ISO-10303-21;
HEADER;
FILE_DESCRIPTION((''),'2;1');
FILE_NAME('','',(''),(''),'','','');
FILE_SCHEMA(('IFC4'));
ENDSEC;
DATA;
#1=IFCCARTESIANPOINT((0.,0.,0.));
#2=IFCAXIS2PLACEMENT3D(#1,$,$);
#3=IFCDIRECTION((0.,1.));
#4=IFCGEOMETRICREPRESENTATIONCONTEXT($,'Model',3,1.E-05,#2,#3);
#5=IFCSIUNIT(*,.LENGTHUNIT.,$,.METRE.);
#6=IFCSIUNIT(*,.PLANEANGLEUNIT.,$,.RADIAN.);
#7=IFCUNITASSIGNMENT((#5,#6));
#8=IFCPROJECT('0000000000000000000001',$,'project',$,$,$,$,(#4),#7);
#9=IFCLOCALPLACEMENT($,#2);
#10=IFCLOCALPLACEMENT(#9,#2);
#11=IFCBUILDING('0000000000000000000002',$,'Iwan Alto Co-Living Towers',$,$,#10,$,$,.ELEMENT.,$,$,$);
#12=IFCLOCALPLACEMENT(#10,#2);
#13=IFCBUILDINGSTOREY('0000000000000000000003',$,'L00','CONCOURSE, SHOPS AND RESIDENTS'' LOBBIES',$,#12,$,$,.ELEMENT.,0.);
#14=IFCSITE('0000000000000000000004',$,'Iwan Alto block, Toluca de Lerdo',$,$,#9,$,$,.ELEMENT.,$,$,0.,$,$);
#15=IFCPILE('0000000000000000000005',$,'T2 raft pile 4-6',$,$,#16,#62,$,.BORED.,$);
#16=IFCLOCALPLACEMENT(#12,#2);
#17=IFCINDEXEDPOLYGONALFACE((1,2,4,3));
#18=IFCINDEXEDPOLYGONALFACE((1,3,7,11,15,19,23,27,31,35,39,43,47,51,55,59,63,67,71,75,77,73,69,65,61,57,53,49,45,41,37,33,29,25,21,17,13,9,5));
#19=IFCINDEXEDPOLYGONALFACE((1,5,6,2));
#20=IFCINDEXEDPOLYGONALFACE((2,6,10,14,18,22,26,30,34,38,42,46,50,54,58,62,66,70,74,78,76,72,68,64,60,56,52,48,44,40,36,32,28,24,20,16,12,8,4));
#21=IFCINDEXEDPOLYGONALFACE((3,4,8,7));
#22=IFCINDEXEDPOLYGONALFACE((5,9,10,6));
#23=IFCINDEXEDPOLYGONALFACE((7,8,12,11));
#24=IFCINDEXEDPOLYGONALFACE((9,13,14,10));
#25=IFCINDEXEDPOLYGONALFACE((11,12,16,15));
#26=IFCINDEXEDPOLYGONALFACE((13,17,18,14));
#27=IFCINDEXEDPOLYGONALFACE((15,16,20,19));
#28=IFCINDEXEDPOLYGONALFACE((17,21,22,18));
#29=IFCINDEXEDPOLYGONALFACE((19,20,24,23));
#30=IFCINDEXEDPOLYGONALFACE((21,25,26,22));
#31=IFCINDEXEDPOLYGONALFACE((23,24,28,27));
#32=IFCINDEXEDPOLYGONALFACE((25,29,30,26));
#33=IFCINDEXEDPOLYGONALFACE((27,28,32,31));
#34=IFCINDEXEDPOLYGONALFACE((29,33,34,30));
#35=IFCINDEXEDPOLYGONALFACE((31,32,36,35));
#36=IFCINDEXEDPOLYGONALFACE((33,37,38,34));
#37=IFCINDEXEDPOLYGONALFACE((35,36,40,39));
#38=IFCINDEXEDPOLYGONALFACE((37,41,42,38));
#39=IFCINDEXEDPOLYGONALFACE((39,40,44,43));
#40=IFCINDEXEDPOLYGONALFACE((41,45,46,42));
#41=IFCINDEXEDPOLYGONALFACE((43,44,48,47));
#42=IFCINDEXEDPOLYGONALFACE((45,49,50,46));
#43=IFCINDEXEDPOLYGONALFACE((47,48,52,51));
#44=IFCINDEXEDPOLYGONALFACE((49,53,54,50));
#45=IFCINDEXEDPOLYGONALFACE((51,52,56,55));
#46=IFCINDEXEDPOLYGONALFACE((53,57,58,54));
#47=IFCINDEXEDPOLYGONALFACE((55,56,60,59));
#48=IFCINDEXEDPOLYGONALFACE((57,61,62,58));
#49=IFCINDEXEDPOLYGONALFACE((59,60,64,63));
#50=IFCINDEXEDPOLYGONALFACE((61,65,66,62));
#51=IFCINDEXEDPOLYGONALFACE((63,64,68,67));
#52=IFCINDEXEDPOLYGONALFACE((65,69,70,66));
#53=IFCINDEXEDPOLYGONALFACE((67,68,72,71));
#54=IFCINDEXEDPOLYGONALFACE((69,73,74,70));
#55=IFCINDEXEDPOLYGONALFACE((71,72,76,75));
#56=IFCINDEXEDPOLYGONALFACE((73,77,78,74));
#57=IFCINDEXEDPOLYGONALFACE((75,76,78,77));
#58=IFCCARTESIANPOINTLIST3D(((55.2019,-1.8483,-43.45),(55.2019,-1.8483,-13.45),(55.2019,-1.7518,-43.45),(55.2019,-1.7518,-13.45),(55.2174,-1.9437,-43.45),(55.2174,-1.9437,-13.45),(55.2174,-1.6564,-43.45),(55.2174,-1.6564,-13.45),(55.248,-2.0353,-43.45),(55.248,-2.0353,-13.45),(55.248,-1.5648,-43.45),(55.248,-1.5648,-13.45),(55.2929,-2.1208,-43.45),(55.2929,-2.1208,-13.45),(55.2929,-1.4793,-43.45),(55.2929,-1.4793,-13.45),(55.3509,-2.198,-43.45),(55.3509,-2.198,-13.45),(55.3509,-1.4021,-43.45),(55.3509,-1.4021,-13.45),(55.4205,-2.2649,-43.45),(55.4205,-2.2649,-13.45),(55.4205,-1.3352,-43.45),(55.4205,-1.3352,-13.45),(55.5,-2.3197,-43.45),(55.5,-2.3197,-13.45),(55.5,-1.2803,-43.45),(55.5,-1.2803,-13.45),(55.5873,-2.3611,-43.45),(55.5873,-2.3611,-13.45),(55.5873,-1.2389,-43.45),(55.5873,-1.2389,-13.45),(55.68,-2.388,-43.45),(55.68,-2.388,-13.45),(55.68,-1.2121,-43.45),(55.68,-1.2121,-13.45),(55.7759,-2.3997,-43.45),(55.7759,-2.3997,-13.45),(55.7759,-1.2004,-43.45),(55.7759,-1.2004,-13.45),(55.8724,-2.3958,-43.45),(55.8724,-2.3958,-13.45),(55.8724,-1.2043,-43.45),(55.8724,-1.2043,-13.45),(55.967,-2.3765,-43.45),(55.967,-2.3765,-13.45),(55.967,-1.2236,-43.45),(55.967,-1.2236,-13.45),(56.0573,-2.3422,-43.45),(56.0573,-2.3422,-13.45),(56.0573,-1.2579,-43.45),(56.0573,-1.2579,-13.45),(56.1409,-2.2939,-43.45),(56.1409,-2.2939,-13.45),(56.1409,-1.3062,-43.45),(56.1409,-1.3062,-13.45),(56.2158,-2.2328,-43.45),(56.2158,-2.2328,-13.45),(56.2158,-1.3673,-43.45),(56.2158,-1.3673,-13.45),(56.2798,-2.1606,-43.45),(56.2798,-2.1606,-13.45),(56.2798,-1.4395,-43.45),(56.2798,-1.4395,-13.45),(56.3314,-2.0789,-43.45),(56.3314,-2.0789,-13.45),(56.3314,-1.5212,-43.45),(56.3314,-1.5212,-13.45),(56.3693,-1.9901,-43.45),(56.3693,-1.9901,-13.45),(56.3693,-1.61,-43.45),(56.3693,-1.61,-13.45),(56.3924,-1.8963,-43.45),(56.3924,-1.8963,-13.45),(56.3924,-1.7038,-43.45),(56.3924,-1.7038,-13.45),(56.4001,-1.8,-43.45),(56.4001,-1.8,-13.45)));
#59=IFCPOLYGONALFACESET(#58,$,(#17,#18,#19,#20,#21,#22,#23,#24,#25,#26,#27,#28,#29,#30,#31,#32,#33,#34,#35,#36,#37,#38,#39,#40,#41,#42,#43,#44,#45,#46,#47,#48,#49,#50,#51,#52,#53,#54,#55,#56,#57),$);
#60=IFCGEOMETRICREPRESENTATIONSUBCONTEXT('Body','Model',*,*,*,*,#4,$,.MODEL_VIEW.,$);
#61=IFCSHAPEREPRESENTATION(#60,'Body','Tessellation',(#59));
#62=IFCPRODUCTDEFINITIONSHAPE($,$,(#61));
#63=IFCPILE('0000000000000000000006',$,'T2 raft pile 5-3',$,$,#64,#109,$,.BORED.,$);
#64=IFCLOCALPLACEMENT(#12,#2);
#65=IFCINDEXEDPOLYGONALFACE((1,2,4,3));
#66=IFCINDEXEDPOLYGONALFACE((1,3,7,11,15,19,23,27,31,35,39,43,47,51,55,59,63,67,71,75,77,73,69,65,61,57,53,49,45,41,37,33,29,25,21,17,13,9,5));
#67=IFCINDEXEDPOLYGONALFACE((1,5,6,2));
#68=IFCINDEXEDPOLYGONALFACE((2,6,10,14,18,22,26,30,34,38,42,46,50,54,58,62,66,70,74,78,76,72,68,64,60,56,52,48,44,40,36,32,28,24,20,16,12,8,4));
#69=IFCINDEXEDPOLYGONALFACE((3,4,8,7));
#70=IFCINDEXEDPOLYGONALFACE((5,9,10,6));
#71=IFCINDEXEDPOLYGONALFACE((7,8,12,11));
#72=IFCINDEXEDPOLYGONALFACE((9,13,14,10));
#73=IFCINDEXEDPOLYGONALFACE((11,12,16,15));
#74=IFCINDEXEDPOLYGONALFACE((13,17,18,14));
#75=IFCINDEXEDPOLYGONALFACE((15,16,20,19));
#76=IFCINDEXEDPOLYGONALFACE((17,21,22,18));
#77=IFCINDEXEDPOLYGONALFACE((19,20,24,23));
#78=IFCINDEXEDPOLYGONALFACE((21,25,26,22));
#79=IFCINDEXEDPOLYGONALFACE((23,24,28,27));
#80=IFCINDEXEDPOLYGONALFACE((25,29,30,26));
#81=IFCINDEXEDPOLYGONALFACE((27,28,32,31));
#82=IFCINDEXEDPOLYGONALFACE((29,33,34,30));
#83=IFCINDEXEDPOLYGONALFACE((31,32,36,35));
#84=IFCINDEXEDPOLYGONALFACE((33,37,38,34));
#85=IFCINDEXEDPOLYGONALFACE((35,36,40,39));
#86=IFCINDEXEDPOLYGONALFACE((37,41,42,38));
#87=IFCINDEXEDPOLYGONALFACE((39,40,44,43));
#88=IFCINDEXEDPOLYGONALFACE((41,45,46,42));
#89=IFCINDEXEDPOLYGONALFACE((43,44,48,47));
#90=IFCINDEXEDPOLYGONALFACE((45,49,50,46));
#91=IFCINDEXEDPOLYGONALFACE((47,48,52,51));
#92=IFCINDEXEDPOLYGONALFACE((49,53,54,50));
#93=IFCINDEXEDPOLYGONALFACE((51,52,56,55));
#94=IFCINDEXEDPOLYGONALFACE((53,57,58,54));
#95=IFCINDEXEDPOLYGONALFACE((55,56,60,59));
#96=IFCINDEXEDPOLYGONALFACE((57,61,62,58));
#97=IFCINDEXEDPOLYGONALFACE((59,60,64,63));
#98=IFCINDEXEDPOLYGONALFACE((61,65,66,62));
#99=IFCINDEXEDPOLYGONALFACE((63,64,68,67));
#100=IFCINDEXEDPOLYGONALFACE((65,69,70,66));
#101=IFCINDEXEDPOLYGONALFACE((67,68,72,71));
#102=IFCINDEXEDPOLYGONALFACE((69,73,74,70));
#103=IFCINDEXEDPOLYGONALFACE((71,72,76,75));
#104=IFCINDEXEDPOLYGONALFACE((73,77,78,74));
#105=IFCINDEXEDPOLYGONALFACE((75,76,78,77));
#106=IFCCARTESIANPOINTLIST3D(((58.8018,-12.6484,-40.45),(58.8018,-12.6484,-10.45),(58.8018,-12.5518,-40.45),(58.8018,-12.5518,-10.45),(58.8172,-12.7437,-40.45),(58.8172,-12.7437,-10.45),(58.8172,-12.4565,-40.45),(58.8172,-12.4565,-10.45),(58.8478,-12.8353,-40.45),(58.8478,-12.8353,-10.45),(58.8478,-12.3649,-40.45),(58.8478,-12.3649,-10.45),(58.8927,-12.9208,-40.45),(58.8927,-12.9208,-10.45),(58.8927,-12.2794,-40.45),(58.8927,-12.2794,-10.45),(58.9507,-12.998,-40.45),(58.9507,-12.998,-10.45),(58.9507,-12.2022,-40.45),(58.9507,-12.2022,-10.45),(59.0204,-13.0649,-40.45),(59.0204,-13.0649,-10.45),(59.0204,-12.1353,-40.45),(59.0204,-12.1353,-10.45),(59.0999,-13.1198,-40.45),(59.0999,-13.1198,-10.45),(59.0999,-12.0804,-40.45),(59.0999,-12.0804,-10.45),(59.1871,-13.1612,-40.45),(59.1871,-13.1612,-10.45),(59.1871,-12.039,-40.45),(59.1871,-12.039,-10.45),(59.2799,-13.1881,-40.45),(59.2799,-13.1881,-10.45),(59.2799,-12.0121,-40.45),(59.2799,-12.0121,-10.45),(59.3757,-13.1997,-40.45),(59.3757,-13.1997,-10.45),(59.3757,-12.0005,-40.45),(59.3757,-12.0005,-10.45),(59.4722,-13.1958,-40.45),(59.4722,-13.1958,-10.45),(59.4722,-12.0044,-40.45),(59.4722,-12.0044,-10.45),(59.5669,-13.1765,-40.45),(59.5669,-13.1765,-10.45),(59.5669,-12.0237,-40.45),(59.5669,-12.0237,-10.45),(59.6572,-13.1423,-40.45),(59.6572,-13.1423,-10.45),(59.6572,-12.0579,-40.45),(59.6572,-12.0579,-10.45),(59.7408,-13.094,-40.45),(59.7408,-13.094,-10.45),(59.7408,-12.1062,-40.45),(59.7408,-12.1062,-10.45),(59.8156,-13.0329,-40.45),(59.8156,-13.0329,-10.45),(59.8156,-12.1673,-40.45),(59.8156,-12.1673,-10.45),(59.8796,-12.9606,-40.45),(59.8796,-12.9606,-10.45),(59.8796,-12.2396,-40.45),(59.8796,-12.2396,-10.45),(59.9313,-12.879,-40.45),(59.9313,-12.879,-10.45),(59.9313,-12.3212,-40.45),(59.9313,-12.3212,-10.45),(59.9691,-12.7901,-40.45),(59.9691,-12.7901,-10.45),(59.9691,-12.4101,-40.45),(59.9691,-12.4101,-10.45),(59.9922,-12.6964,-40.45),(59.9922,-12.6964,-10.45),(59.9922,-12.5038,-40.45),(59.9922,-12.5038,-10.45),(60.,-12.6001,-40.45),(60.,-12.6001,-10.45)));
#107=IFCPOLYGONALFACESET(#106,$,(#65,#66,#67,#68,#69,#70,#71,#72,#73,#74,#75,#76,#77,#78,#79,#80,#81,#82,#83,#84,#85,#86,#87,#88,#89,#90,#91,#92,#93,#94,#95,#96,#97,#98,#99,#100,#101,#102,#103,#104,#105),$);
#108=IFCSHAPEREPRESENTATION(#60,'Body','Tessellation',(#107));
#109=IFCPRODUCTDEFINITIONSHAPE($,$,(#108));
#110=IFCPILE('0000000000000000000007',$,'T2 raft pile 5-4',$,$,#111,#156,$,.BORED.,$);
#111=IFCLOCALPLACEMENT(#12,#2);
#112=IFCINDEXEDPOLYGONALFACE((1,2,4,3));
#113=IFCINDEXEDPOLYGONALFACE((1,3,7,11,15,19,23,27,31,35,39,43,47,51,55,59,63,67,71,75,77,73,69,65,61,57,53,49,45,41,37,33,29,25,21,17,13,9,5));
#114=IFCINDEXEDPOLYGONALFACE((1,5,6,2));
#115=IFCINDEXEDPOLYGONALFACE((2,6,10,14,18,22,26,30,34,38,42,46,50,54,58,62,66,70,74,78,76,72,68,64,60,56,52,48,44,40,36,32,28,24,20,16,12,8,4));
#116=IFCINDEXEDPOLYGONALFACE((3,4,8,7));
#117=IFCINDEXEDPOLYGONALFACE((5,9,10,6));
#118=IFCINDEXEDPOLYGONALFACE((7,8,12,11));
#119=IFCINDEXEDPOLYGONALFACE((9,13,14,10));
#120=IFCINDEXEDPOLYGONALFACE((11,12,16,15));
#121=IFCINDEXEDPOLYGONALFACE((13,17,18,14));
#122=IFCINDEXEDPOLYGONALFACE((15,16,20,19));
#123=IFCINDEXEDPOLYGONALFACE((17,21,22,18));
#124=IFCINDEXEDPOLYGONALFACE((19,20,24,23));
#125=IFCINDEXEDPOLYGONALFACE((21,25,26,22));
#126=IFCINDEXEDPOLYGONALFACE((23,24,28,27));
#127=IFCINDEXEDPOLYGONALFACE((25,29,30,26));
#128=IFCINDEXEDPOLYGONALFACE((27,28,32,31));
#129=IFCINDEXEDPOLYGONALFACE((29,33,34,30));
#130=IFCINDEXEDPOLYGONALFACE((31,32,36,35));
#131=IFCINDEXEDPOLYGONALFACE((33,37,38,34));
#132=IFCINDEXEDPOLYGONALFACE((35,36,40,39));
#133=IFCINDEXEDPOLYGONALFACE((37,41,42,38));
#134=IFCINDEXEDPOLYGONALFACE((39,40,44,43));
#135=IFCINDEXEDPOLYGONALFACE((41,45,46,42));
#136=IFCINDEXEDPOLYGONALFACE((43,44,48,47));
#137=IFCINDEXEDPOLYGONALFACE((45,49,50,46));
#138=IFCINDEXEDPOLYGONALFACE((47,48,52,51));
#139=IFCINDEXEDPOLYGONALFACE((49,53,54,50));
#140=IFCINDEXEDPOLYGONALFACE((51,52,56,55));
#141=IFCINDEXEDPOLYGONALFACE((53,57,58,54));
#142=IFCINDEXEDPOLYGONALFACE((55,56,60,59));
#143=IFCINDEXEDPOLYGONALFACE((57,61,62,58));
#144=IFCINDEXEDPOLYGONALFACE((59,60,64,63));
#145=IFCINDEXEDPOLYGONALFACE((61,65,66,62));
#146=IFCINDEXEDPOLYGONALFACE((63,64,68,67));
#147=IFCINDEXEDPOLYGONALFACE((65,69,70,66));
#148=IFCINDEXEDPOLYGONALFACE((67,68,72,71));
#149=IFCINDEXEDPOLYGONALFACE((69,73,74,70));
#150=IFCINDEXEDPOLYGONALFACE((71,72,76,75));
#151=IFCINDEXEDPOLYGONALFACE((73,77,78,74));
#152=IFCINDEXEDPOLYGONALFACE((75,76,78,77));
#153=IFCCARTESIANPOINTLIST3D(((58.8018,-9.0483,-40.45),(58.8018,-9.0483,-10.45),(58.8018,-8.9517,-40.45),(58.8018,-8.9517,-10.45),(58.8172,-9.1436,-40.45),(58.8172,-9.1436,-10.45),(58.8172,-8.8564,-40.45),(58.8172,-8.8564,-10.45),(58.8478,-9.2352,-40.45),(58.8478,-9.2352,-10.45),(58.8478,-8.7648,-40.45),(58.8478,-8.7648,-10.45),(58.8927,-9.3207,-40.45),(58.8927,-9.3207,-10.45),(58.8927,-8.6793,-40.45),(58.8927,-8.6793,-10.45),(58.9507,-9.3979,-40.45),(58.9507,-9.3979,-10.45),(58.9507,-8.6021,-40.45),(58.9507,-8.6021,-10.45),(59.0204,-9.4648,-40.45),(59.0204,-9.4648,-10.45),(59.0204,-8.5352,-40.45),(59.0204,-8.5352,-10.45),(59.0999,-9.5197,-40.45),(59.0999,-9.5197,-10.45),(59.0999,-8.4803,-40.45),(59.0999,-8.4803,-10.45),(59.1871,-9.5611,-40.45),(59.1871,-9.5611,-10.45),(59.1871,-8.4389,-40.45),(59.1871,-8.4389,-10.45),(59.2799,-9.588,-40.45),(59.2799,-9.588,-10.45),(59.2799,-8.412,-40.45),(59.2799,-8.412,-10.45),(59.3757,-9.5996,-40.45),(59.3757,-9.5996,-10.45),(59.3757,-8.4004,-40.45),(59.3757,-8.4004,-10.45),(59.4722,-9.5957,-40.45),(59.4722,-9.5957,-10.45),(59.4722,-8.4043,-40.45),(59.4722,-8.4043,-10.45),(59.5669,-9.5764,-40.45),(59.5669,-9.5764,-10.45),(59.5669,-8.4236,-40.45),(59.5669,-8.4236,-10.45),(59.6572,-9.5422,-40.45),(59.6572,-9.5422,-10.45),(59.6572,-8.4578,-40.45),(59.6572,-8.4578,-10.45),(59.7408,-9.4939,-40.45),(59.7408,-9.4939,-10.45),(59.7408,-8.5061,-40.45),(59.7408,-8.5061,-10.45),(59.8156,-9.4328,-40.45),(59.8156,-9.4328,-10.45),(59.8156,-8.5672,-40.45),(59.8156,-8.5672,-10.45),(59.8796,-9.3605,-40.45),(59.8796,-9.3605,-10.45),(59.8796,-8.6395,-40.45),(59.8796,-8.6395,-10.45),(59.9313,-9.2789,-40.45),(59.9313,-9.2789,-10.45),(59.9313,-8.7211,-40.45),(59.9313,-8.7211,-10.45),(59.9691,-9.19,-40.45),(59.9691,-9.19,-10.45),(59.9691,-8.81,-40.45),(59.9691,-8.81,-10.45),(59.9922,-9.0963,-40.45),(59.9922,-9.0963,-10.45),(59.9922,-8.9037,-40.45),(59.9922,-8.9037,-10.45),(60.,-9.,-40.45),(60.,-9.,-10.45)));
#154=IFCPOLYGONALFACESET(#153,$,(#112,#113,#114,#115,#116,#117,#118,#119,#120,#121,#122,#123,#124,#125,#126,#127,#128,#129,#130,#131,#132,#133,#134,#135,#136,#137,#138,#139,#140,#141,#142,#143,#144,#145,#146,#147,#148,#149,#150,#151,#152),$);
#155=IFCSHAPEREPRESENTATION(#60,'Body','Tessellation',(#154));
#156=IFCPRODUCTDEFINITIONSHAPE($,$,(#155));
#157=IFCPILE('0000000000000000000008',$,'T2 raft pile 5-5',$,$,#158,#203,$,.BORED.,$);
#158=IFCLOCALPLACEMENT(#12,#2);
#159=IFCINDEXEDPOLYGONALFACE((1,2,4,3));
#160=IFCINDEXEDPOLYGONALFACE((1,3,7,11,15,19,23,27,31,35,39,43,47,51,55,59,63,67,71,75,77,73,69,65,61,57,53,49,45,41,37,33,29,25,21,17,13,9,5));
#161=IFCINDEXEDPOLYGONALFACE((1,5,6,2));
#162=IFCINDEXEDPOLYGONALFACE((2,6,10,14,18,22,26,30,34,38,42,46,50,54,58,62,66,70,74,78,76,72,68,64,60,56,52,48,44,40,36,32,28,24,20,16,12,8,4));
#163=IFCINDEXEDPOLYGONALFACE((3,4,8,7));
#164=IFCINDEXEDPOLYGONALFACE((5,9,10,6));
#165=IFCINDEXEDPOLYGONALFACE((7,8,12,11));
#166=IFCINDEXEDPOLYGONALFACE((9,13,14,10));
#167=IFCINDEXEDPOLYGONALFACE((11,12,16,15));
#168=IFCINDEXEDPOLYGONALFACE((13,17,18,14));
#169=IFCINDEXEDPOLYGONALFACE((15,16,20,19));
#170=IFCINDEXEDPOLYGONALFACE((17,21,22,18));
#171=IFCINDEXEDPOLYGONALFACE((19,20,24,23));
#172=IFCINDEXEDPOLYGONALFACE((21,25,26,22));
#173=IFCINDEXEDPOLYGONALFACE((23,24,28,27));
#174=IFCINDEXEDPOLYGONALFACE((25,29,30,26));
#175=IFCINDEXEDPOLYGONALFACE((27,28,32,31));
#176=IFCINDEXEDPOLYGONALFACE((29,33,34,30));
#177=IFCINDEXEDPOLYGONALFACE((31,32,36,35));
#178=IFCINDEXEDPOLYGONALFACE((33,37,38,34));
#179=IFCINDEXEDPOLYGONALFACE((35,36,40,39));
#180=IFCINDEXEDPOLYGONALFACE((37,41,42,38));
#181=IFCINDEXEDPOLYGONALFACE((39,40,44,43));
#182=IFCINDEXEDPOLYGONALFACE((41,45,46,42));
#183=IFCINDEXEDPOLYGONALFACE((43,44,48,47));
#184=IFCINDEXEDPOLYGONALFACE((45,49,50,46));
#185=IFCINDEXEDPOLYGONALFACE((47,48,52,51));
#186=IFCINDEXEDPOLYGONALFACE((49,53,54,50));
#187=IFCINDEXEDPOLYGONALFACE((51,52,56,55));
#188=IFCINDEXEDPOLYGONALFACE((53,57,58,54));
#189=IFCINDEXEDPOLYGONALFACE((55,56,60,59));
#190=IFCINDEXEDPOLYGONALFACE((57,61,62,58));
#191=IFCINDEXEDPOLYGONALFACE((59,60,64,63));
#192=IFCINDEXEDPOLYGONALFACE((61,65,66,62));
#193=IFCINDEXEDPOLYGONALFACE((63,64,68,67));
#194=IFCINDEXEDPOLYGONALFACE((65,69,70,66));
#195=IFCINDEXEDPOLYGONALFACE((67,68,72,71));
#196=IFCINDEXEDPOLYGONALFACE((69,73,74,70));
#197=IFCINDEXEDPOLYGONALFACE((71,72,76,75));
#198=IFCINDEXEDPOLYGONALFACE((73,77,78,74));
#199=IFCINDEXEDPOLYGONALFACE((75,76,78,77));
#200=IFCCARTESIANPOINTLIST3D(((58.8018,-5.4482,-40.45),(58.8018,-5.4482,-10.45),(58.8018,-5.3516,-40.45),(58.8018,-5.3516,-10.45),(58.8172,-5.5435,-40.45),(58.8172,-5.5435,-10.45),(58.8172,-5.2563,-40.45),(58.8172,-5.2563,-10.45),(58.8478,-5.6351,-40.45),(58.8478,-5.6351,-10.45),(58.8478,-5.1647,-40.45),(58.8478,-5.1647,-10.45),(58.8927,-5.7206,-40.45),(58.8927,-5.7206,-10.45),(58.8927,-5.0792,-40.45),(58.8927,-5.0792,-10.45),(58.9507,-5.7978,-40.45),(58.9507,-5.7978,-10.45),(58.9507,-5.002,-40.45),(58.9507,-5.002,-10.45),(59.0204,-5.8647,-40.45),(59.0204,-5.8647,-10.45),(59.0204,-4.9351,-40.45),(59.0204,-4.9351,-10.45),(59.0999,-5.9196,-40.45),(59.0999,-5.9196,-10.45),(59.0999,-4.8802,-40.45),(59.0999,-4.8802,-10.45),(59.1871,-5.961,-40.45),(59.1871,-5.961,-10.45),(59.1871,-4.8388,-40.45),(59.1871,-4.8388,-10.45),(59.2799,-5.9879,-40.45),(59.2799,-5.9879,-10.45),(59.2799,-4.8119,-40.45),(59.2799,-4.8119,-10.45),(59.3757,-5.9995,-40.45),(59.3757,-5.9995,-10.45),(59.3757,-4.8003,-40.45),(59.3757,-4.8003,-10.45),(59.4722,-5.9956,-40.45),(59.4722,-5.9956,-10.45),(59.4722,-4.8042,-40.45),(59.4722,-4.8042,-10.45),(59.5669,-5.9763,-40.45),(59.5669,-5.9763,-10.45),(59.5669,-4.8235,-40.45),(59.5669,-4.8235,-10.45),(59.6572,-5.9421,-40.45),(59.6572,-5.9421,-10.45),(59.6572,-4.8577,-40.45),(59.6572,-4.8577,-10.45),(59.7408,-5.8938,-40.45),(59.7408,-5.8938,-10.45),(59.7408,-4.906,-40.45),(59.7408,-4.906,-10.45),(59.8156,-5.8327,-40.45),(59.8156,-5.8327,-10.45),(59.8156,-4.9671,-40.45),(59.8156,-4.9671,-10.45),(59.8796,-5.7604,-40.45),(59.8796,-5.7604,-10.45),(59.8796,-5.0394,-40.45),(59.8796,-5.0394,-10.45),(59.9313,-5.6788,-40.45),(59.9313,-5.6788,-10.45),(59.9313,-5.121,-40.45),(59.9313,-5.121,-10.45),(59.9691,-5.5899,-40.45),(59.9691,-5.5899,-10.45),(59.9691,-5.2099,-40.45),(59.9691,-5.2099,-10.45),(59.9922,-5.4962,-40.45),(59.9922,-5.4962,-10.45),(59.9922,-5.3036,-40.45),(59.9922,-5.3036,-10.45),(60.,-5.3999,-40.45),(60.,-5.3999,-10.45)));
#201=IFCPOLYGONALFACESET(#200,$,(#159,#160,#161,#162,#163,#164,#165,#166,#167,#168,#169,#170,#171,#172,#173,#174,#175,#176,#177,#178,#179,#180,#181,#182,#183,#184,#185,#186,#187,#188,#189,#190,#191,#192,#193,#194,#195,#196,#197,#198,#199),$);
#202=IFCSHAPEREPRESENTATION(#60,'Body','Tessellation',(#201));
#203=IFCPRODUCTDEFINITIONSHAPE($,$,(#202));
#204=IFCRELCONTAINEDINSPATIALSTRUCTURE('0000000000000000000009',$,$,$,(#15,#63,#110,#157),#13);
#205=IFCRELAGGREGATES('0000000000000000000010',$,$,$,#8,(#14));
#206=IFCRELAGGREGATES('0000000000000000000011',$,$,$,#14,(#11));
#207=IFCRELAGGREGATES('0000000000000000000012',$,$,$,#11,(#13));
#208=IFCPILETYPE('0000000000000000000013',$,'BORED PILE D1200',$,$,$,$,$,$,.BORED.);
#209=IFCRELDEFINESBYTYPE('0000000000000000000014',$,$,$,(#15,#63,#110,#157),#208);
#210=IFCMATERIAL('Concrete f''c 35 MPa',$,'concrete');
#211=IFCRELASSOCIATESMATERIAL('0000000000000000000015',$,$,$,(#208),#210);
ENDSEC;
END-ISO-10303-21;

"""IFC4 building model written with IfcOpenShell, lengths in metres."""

from ifc_helpers import new_model, si_unit, direction, frame, origin, origin_2d, place, context, subcontext, project, spatial, circle, extrude, material, material_profile, profile_set, type_object, element, save


model = new_model("IFC4")

# Units and contexts
model_context = context("Model", 3, precision=1e-05, world=origin(), true_north=direction((0.0, 1.0)))
body_context = subcontext(model_context, "Body", "Model", "MODEL_VIEW")
ifc_project = project(units=[si_unit("LENGTHUNIT", "METRE"), si_unit("PLANEANGLEUNIT", "RADIAN")], contexts=[model_context])

# Site, building, storey
site_placement = place(None, origin())
site = spatial("IfcSite", under=ifc_project, at=site_placement, Name="Iwan Alto block, Toluca de Lerdo", CompositionType="ELEMENT", RefElevation=0.0)
building_placement = place(site_placement, origin())
building = spatial("IfcBuilding", under=site, at=building_placement, Name="Iwan Alto Co-Living Towers", CompositionType="ELEMENT")
storey_placement = place(building_placement, origin())
storey = spatial("IfcBuildingStorey", under=building, at=storey_placement, Name="L00", Description="CONCOURSE, SHOPS AND RESIDENTS' LOBBIES", CompositionType="ELEMENT", Elevation=0.0)

# Piles
ifc_material_1 = material(Name="Concrete f'c 35 MPa", Category="concrete")
ifc_material_profile_1 = material_profile(ifc_material_1, circle(Radius=0.6001, at=origin_2d()), Name="D1200")
ifc_profile_set_1 = profile_set([ifc_material_profile_1], Name="Concrete f'c 35 MPa")
pile_type = type_object("IfcPileType", Name="BORED PILE D1200", PredefinedType="BORED", material=ifc_profile_set_1)
for number, where, z_axis, x_axis, name in (
    (1, (55.8, -1.8, -13.45), (0.0, 0.0, -1.0), (1.0, 0.0, 0.0), "T2 raft pile 4-6"),
    (2, (59.3999, -12.6001, -10.45), (0.0, 0.0, -1.0), (1.0, 0.0, 0.0), "T2 raft pile 5-3"),
    (3, (59.3999, -9.0, -10.45), (0.0, 0.0, -1.0), (1.0, 0.0, 0.0), "T2 raft pile 5-4"),
    (4, (59.3999, -5.3999, -10.45), (0.0, 0.0, -1.0), (1.0, 0.0, 0.0), "T2 raft pile 5-5"),
):
    element("IfcPile", number, at=place(storey_placement, frame(where, z_axis=z_axis, x_axis=x_axis)), inside=storey, type_object=pile_type, Name=name, PredefinedType="BORED", context=body_context, shape_type="SweptSolid", body=[
        extrude(circle(Radius=0.6001, at=origin_2d()), origin(), (0.0, 0.0, 1.0), 30.0),
    ])

save(model, "model.ifc")
